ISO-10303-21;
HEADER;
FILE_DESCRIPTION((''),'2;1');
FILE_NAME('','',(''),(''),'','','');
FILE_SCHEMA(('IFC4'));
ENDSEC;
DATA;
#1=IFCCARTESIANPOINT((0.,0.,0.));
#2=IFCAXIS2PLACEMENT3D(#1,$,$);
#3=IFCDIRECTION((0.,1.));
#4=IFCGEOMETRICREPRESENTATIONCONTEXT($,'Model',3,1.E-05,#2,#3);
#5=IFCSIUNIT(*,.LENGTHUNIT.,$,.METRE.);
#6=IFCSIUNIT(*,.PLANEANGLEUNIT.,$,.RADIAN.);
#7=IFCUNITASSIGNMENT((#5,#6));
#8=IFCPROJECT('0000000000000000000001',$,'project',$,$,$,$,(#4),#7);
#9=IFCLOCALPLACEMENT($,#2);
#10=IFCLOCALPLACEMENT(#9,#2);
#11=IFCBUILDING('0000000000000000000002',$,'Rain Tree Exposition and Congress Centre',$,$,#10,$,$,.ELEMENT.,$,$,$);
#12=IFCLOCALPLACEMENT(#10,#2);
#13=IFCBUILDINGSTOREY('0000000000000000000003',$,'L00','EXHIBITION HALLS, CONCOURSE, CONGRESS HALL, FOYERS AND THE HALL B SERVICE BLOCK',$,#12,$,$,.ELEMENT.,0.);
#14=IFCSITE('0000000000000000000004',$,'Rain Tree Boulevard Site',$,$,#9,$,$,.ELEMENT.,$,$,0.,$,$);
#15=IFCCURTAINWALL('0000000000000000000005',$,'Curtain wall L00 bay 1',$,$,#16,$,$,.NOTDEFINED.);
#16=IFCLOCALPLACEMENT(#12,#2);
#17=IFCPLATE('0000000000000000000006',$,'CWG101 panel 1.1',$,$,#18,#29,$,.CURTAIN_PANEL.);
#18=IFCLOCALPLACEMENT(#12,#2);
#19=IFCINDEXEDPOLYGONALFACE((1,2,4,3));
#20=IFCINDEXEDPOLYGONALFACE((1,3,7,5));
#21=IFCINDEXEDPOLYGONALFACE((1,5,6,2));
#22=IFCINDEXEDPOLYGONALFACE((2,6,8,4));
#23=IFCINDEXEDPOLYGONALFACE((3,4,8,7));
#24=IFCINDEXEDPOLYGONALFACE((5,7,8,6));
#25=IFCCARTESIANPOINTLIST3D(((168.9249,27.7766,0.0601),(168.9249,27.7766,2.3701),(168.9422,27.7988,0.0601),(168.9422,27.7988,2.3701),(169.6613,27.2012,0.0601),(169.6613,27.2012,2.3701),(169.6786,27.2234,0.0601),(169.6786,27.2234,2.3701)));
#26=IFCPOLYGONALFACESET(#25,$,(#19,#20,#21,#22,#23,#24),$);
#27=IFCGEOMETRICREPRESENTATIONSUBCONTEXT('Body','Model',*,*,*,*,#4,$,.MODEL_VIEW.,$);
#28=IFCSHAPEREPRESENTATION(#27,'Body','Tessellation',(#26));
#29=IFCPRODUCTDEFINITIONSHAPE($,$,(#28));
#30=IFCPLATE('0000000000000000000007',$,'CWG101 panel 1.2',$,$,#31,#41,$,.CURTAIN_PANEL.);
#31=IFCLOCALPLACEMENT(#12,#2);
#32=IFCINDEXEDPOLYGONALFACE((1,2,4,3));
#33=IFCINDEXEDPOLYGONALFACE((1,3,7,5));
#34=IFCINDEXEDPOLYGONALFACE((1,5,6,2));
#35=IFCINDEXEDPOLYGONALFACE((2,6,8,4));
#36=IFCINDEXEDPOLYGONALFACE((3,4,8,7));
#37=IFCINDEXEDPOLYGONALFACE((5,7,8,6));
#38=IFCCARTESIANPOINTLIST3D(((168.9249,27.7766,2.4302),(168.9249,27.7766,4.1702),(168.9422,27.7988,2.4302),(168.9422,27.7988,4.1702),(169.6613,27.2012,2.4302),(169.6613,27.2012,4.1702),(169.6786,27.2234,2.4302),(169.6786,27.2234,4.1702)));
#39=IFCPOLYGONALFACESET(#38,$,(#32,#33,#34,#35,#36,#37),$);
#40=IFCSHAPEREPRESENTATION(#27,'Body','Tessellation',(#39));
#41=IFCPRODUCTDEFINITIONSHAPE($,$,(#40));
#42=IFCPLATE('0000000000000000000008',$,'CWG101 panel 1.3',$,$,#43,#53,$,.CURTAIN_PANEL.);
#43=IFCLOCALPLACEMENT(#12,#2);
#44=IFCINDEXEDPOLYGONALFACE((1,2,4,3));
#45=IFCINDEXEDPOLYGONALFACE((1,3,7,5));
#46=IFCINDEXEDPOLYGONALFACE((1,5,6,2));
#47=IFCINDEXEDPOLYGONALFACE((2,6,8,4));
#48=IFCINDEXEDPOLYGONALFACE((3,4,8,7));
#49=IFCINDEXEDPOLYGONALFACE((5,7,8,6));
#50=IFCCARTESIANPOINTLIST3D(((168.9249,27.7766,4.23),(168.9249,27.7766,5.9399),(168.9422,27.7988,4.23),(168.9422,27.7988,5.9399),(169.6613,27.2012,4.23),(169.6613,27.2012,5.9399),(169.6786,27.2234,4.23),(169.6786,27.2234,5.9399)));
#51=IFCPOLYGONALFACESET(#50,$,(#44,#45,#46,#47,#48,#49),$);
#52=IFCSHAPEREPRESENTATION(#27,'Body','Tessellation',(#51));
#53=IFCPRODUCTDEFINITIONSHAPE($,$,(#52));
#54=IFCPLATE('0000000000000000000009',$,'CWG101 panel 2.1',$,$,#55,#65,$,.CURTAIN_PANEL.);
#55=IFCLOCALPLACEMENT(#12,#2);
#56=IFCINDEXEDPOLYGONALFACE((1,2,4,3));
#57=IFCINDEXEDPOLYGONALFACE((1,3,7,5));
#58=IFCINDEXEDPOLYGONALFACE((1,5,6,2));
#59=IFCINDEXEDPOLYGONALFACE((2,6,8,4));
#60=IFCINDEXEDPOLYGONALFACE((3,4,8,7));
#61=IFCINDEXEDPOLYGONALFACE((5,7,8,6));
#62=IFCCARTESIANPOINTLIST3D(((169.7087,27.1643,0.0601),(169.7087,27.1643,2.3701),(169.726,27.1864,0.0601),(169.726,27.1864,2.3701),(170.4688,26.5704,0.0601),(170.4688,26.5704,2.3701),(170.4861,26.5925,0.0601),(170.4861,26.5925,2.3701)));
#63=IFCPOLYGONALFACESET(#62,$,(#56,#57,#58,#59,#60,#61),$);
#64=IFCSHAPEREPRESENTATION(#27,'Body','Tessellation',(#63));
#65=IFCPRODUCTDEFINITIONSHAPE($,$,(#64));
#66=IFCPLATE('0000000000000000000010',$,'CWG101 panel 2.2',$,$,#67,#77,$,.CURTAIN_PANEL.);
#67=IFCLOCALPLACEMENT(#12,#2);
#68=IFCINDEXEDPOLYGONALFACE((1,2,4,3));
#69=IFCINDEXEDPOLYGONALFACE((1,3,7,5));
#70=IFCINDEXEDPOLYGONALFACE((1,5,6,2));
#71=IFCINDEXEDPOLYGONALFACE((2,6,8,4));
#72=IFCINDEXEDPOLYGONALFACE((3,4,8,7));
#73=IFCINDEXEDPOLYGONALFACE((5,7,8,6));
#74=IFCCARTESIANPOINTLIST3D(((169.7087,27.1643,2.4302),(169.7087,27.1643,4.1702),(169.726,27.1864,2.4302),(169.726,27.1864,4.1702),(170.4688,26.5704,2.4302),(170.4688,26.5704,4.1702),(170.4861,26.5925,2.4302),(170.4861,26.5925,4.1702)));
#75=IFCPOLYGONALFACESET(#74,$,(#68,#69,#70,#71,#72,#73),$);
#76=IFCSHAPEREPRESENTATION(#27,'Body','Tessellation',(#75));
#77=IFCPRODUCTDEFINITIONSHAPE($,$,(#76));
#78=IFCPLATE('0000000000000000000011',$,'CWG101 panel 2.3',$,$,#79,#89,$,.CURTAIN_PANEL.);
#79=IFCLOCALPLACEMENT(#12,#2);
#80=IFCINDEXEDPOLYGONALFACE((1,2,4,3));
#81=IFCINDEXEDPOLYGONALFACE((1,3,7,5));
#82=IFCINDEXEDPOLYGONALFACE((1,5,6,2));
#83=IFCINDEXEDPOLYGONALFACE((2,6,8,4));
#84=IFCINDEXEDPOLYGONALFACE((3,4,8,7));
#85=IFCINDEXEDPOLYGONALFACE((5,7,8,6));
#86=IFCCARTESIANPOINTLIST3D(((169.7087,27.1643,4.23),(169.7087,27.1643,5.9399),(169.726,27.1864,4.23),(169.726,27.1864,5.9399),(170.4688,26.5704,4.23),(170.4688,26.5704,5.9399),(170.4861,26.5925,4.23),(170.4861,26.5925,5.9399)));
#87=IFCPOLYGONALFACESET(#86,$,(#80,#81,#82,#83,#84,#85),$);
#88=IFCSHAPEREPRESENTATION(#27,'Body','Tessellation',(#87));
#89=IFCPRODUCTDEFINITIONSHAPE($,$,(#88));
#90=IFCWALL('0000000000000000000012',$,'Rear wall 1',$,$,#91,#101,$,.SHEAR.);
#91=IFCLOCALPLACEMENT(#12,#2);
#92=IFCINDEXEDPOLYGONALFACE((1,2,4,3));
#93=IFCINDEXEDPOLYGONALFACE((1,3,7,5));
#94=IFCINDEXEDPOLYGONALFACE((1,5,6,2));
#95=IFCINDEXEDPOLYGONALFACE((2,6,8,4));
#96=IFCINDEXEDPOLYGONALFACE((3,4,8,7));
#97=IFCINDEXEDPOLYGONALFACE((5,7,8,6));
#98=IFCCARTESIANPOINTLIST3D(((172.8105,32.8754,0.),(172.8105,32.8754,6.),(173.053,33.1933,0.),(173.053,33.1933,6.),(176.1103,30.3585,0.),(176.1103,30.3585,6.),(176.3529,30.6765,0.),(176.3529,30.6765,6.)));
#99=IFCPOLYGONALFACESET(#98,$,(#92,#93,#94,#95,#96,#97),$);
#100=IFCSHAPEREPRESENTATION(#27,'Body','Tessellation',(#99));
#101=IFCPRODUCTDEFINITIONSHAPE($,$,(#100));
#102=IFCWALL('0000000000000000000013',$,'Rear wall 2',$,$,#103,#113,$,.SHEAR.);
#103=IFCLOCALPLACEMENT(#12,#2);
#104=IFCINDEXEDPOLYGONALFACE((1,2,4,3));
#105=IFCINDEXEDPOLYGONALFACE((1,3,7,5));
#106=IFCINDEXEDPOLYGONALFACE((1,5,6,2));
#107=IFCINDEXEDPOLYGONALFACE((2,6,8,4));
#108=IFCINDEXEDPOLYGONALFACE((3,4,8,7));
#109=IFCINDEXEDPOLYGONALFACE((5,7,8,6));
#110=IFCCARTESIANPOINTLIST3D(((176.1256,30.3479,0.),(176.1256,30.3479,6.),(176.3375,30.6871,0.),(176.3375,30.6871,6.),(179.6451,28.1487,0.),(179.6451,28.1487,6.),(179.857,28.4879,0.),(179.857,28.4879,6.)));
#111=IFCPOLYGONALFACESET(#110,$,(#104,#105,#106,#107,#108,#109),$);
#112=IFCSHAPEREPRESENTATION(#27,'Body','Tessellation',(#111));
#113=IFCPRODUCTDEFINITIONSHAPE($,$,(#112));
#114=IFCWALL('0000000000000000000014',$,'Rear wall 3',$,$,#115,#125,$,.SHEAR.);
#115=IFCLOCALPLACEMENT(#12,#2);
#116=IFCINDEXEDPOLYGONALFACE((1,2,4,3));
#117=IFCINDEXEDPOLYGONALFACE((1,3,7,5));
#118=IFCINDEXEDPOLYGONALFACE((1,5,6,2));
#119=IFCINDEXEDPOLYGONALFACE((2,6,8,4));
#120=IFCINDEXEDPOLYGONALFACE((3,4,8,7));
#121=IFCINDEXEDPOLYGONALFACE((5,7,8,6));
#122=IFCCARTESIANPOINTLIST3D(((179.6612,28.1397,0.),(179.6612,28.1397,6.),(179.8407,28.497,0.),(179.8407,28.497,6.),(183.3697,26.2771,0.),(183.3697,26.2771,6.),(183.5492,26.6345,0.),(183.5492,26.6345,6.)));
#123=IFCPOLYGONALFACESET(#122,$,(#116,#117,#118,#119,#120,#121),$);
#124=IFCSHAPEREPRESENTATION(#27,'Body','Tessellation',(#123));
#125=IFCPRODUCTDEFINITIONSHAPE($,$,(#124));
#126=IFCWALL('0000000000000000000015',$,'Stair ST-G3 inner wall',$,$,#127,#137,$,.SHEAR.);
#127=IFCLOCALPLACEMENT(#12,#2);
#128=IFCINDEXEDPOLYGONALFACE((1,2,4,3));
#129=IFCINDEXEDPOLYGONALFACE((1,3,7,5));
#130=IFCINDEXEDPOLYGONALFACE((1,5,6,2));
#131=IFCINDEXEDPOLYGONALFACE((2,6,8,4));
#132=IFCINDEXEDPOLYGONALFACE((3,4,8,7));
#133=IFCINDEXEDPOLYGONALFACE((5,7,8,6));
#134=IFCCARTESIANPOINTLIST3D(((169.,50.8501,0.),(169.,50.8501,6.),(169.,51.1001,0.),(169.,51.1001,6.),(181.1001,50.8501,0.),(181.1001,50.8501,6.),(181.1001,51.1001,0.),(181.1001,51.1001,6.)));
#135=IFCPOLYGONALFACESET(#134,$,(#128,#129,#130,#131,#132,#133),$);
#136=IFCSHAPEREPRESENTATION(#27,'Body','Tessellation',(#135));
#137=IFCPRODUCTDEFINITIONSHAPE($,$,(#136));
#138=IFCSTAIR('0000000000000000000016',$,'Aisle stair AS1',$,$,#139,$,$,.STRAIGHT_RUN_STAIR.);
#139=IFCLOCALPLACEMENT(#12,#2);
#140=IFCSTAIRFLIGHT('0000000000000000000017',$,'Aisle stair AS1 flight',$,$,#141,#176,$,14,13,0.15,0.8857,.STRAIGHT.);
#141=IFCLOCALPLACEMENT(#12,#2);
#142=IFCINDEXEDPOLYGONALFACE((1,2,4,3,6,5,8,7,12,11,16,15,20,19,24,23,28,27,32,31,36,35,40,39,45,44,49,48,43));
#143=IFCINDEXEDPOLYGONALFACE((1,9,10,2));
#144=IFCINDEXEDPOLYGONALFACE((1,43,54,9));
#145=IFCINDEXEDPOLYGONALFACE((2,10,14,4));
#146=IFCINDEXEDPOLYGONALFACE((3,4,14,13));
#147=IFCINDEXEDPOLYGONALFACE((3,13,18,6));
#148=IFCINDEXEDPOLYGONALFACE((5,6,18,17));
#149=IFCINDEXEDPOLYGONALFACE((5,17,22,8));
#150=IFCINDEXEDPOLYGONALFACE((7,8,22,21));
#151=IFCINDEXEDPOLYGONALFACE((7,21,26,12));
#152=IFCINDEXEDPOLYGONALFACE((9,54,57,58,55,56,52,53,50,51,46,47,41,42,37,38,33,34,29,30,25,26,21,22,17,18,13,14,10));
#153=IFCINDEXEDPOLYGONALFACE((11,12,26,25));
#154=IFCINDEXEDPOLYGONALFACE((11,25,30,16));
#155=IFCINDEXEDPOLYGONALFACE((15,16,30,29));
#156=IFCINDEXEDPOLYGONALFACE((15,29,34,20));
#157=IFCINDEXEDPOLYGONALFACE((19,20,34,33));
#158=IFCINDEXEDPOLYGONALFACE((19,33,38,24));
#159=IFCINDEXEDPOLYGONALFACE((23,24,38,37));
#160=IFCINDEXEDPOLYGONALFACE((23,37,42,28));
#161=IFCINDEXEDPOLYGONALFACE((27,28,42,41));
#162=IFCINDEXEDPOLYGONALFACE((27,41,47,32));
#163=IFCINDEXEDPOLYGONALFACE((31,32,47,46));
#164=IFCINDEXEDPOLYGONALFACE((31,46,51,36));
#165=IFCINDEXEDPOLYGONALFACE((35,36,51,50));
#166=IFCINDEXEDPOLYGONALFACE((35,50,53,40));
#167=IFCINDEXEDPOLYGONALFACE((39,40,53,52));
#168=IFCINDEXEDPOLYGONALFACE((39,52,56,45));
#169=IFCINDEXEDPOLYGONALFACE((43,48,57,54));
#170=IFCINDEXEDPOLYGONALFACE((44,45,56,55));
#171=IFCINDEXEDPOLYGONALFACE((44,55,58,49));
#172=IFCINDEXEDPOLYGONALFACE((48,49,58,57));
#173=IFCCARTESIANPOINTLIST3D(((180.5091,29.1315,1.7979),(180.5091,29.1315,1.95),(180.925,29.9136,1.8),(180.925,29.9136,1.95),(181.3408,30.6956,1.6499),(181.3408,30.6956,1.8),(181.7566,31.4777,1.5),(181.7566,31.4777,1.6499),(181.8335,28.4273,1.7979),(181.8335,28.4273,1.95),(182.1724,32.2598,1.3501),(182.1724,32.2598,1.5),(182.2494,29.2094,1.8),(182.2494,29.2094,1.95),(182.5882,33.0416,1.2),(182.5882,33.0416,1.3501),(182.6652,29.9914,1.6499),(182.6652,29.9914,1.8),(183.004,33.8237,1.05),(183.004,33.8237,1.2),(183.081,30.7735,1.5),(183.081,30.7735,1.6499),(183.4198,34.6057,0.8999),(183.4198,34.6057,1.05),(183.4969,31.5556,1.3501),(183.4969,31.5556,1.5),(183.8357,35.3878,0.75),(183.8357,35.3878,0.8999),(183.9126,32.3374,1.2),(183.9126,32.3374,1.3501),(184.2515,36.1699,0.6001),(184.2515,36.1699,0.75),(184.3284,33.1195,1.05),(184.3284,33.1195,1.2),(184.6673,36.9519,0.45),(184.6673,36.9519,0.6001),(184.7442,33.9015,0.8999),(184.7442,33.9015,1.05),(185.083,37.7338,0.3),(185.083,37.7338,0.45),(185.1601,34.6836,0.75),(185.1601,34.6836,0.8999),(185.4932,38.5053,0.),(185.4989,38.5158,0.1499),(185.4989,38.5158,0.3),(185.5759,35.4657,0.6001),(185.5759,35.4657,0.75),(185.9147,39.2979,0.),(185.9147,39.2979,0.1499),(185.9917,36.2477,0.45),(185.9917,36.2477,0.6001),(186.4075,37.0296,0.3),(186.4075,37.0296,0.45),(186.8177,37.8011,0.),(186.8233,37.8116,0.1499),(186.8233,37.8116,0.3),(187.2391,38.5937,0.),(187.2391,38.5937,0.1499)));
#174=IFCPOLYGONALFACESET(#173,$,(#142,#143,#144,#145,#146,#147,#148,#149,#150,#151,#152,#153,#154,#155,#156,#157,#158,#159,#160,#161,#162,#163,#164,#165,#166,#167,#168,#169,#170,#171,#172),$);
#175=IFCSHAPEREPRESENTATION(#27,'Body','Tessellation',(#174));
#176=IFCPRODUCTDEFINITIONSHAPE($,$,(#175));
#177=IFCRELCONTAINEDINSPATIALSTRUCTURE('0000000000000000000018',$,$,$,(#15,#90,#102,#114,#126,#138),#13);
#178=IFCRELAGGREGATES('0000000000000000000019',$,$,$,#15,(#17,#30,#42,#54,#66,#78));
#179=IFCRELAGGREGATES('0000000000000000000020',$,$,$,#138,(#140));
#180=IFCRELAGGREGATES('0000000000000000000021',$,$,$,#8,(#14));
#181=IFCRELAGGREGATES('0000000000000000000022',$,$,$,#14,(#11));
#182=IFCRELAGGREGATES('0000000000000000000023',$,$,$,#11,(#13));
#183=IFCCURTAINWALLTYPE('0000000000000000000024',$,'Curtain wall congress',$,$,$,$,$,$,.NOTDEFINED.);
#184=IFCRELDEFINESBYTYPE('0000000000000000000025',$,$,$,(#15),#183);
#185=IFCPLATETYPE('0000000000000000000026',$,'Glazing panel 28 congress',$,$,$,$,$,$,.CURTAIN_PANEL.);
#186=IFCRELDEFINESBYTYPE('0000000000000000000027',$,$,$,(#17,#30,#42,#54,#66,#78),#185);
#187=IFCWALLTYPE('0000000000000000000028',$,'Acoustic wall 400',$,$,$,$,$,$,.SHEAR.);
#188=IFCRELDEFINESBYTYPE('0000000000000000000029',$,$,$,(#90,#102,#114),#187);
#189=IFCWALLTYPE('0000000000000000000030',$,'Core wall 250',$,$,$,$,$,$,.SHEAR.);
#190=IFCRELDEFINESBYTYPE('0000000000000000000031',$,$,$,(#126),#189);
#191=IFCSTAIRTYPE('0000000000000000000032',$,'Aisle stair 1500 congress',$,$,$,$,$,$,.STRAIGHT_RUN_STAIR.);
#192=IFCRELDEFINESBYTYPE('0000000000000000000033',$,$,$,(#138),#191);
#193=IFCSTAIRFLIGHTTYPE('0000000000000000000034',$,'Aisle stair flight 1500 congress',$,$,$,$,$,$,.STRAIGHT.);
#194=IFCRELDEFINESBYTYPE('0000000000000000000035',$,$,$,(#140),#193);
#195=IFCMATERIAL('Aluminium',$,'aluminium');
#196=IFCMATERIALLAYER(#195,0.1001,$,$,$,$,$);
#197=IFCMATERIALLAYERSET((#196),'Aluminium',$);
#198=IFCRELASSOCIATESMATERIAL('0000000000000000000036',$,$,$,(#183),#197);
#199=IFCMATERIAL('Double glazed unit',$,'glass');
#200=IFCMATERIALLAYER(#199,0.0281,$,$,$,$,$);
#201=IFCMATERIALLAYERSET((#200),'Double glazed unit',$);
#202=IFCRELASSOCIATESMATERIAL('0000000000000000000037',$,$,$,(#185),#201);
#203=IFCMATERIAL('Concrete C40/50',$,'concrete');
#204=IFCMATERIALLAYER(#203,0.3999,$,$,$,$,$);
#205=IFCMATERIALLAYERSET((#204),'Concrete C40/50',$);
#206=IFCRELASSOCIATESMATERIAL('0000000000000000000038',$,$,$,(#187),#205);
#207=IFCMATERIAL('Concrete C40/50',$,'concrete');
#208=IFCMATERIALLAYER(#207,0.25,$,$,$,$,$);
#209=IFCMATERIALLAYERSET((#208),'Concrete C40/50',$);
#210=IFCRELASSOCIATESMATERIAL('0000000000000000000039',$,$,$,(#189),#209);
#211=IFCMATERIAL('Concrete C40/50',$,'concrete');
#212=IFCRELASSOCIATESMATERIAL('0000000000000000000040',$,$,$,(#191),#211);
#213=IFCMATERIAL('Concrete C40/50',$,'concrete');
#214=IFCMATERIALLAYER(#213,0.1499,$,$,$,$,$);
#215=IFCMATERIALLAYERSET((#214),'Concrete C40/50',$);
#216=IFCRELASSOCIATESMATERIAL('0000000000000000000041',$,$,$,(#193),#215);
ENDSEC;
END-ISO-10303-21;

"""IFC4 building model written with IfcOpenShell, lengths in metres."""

from ifc_helpers import new_model, si_unit, direction, frame, frame_2d, origin, origin_2d, place, context, subcontext, project, spatial, polyline, rectangle, outline, extrude, material, layer, layer_set, type_object, element, aggregate, save


model = new_model("IFC4")

# Units and contexts
model_context = context("Model", 3, precision=1e-05, world=origin(), true_north=direction((0.0, 1.0)))
body_context = subcontext(model_context, "Body", "Model", "MODEL_VIEW")
ifc_project = project(units=[si_unit("LENGTHUNIT", "METRE"), si_unit("PLANEANGLEUNIT", "RADIAN")], contexts=[model_context])

# Site, building, storey
site_placement = place(None, origin())
site = spatial("IfcSite", under=ifc_project, at=site_placement, Name="Rain Tree Boulevard Site", CompositionType="ELEMENT", RefElevation=0.0)
building_placement = place(site_placement, origin())
building = spatial("IfcBuilding", under=site, at=building_placement, Name="Rain Tree Exposition and Congress Centre", CompositionType="ELEMENT")
storey_placement = place(building_placement, origin())
storey = spatial("IfcBuildingStorey", under=building, at=storey_placement, Name="L00", Description="EXHIBITION HALLS, CONCOURSE, CONGRESS HALL, FOYERS AND THE HALL B SERVICE BLOCK", CompositionType="ELEMENT", Elevation=0.0)

# Curtain wall, plates
ifc_material_1 = material(Name="Aluminium", Category="aluminium")
ifc_layer_1 = layer(ifc_material_1, 0.1001)
ifc_layer_set_1 = layer_set([ifc_layer_1], Name="Aluminium")
curtain_wall_type = type_object("IfcCurtainWallType", Name="Curtain wall congress", PredefinedType="NOTDEFINED", material=ifc_layer_set_1)
curtain_wall_placement = place(storey_placement, origin())
curtain_wall = element("IfcCurtainWall", 1, at=curtain_wall_placement, inside=storey, type_object=curtain_wall_type, Name="Curtain wall L00 bay 1", PredefinedType="NOTDEFINED")
ifc_material_2 = material(Name="Double glazed unit", Category="glass")
ifc_layer_2 = layer(ifc_material_2, 0.0281)
ifc_layer_set_2 = layer_set([ifc_layer_2], Name="Double glazed unit")
plate_type = type_object("IfcPlateType", Name="Glazing panel 28 congress", PredefinedType="CURTAIN_PANEL", material=ifc_layer_set_2)
plate_1_placement = place(storey_placement, frame((169.3018, 27.5, 0.0601), z_axis=(0.0, 0.0, 1.0), x_axis=(0.788003, -0.615671, 0.0)))
plate_1 = element("IfcPlate", 2, at=plate_1_placement, type_object=plate_type, Name="CWG101 panel 1.1", PredefinedType="CURTAIN_PANEL", context=body_context, shape_type="SweptSolid", body=[
    extrude(rectangle(XDim=0.9346, YDim=0.0281, at=origin_2d()), origin(), (0.0, 0.0, 1.0), 2.3101),
])
plate_2_placement = place(storey_placement, frame((169.3018, 27.5, 2.4302), z_axis=(0.0, 0.0, 1.0), x_axis=(0.788003, -0.615671, 0.0)))
plate_2 = element("IfcPlate", 3, at=plate_2_placement, type_object=plate_type, Name="CWG101 panel 1.2", PredefinedType="CURTAIN_PANEL", context=body_context, shape_type="SweptSolid", body=[
    extrude(rectangle(XDim=0.9346, YDim=0.0281, at=origin_2d()), origin(), (0.0, 0.0, 1.0), 1.74),
])
plate_3_placement = place(storey_placement, frame((169.3018, 27.5, 4.23), z_axis=(0.0, 0.0, 1.0), x_axis=(0.788003, -0.615671, 0.0)))
plate_3 = element("IfcPlate", 4, at=plate_3_placement, type_object=plate_type, Name="CWG101 panel 1.3", PredefinedType="CURTAIN_PANEL", context=body_context, shape_type="SweptSolid", body=[
    extrude(rectangle(XDim=0.9346, YDim=0.0281, at=origin_2d()), origin(), (0.0, 0.0, 1.0), 1.71),
])
plate_4_placement = place(storey_placement, frame((170.0974, 26.8784, 0.0601), z_axis=(0.0, 0.0, 1.0), x_axis=(0.788003, -0.615671, 0.0)))
plate_4 = element("IfcPlate", 5, at=plate_4_placement, type_object=plate_type, Name="CWG101 panel 2.1", PredefinedType="CURTAIN_PANEL", context=body_context, shape_type="SweptSolid", body=[
    extrude(rectangle(XDim=0.9646, YDim=0.0281, at=origin_2d()), origin(), (0.0, 0.0, 1.0), 2.3101),
])
plate_5_placement = place(storey_placement, frame((170.0974, 26.8784, 2.4302), z_axis=(0.0, 0.0, 1.0), x_axis=(0.788003, -0.615671, 0.0)))
plate_5 = element("IfcPlate", 6, at=plate_5_placement, type_object=plate_type, Name="CWG101 panel 2.2", PredefinedType="CURTAIN_PANEL", context=body_context, shape_type="SweptSolid", body=[
    extrude(rectangle(XDim=0.9646, YDim=0.0281, at=origin_2d()), origin(), (0.0, 0.0, 1.0), 1.74),
])
plate_6_placement = place(storey_placement, frame((170.0974, 26.8784, 4.23), z_axis=(0.0, 0.0, 1.0), x_axis=(0.788003, -0.615671, 0.0)))
plate_6 = element("IfcPlate", 7, at=plate_6_placement, type_object=plate_type, Name="CWG101 panel 2.3", PredefinedType="CURTAIN_PANEL", context=body_context, shape_type="SweptSolid", body=[
    extrude(rectangle(XDim=0.9646, YDim=0.0281, at=origin_2d()), origin(), (0.0, 0.0, 1.0), 1.71),
])
aggregate(curtain_wall, [plate_1, plate_2, plate_3, plate_4, plate_5, plate_6])

# Walls
ifc_material_3 = material(Name="Concrete C40/50", Category="concrete")
ifc_layer_3 = layer(ifc_material_3, 0.3999)
ifc_layer_set_3 = layer_set([ifc_layer_3], Name="Concrete C40/50")
wall_type_1 = type_object("IfcWallType", Name="Acoustic wall 400", PredefinedType="SHEAR", material=ifc_layer_set_3)
for number, where, z_axis, x_axis, name in (
    (8, (172.9316, 33.0344, 0.0), (0.0, 0.0, 1.0), (0.795117, -0.606456, 0.0), "Rear wall 1"),
    (9, (176.2314, 30.5176, 0.0), (0.0, 0.0, 1.0), (0.848051, -0.529914, 0.0), "Rear wall 2"),
):
    element("IfcWall", number, at=place(storey_placement, frame(where, z_axis=z_axis, x_axis=x_axis)), inside=storey, type_object=wall_type_1, Name=name, PredefinedType="SHEAR", context=body_context, shape_type="SweptSolid", body=[
        extrude(rectangle(XDim=4.1501, YDim=0.3999, at=frame_2d((2.0752, 0.0))), origin(), (0.0, 0.0, 1.0), 6.0),
    ])
wall_1_placement = place(storey_placement, frame((179.751, 28.3184, 0.0), z_axis=(0.0, 0.0, 1.0), x_axis=(0.893626, -0.448813, 0.0)))
element("IfcWall", 10, at=wall_1_placement, inside=storey, type_object=wall_type_1, Name="Rear wall 3", PredefinedType="SHEAR", context=body_context, shape_type="SweptSolid", body=[
    extrude(rectangle(XDim=4.1499, YDim=0.3999, at=frame_2d((2.075, 0.0))), origin(), (0.0, 0.0, 1.0), 6.0),
])
ifc_material_4 = material(Name="Concrete C40/50", Category="concrete")
ifc_layer_4 = layer(ifc_material_4, 0.25)
ifc_layer_set_4 = layer_set([ifc_layer_4], Name="Concrete C40/50")
wall_type_2 = type_object("IfcWallType", Name="Core wall 250", PredefinedType="SHEAR", material=ifc_layer_set_4)
wall_2_placement = place(storey_placement, frame((169.0, 50.9751, 0.0), z_axis=(0.0, 0.0, 1.0), x_axis=(1.0, 0.0, 0.0)))
element("IfcWall", 11, at=wall_2_placement, inside=storey, type_object=wall_type_2, Name="Stair ST-G3 inner wall", PredefinedType="SHEAR", context=body_context, shape_type="SweptSolid", body=[
    extrude(rectangle(XDim=12.1001, YDim=0.25, at=frame_2d((6.05, 0.0))), origin(), (0.0, 0.0, 1.0), 6.0),
])

# Stair, stair flight
ifc_material_5 = material(Name="Concrete C40/50", Category="concrete")
stair_type = type_object("IfcStairType", Name="Aisle stair 1500 congress", PredefinedType="STRAIGHT_RUN_STAIR", material=ifc_material_5)
stair_1_placement = place(storey_placement, origin())
stair_1 = element("IfcStair", 12, at=stair_1_placement, inside=storey, type_object=stair_type, Name="Aisle stair AS1", PredefinedType="STRAIGHT_RUN_STAIR")
ifc_material_6 = material(Name="Concrete C40/50", Category="concrete")
ifc_layer_5 = layer(ifc_material_6, 0.1499)
ifc_layer_set_5 = layer_set([ifc_layer_5], Name="Concrete C40/50")
stair_flight_type = type_object("IfcStairFlightType", Name="Aisle stair flight 1500 congress", PredefinedType="STRAIGHT", material=ifc_layer_set_5)
stair_flight_1_placement = place(storey_placement, frame((186.5769, 38.9458, 0.0), z_axis=(0.0, 0.0, 1.0), x_axis=(-0.469472, -0.882948, 0.0)))
stair_flight_1 = element("IfcStairFlight", 13, at=stair_flight_1_placement, type_object=stair_flight_type, Name="Aisle stair AS1 flight", NumberOfRisers=14, NumberOfTreads=13, PredefinedType="STRAIGHT", RiserHeight=0.15, TreadLength=0.8857, context=body_context, shape_type="SweptSolid", body=[
    extrude(outline(polyline([(0.0, 0.0), (0.0, 0.1499), (0.8857, 0.1499), (0.8857, 0.3), (1.7715, 0.3), (1.7715, 0.45), (2.657, 0.45), (2.657, 0.6001), (3.5427, 0.6001), (3.5427, 0.75), (4.4285, 0.75), (4.4285, 0.8999), (5.3142, 0.8999), (5.3142, 1.05), (6.2, 1.05), (6.2, 1.2), (7.0857, 1.2), (7.0857, 1.3501), (7.9712, 1.3501), (7.9712, 1.5), (8.8569, 1.5), (8.8569, 1.6499), (9.7427, 1.6499), (9.7427, 1.8), (10.6284, 1.8), (10.6284, 1.95), (11.5142, 1.95), (11.5142, 2.1001), (11.5142, 1.7979), (0.8977, 0.0), (0.0, 0.0)])), frame((0.0, 0.75, 0.0), z_axis=(0.0, -1.0, 0.0), x_axis=(1.0, 0.0, 0.0)), (0.0, 0.0, 1.0), 1.5),
])
aggregate(stair_1, [stair_flight_1])

save(model, "model.ifc")
